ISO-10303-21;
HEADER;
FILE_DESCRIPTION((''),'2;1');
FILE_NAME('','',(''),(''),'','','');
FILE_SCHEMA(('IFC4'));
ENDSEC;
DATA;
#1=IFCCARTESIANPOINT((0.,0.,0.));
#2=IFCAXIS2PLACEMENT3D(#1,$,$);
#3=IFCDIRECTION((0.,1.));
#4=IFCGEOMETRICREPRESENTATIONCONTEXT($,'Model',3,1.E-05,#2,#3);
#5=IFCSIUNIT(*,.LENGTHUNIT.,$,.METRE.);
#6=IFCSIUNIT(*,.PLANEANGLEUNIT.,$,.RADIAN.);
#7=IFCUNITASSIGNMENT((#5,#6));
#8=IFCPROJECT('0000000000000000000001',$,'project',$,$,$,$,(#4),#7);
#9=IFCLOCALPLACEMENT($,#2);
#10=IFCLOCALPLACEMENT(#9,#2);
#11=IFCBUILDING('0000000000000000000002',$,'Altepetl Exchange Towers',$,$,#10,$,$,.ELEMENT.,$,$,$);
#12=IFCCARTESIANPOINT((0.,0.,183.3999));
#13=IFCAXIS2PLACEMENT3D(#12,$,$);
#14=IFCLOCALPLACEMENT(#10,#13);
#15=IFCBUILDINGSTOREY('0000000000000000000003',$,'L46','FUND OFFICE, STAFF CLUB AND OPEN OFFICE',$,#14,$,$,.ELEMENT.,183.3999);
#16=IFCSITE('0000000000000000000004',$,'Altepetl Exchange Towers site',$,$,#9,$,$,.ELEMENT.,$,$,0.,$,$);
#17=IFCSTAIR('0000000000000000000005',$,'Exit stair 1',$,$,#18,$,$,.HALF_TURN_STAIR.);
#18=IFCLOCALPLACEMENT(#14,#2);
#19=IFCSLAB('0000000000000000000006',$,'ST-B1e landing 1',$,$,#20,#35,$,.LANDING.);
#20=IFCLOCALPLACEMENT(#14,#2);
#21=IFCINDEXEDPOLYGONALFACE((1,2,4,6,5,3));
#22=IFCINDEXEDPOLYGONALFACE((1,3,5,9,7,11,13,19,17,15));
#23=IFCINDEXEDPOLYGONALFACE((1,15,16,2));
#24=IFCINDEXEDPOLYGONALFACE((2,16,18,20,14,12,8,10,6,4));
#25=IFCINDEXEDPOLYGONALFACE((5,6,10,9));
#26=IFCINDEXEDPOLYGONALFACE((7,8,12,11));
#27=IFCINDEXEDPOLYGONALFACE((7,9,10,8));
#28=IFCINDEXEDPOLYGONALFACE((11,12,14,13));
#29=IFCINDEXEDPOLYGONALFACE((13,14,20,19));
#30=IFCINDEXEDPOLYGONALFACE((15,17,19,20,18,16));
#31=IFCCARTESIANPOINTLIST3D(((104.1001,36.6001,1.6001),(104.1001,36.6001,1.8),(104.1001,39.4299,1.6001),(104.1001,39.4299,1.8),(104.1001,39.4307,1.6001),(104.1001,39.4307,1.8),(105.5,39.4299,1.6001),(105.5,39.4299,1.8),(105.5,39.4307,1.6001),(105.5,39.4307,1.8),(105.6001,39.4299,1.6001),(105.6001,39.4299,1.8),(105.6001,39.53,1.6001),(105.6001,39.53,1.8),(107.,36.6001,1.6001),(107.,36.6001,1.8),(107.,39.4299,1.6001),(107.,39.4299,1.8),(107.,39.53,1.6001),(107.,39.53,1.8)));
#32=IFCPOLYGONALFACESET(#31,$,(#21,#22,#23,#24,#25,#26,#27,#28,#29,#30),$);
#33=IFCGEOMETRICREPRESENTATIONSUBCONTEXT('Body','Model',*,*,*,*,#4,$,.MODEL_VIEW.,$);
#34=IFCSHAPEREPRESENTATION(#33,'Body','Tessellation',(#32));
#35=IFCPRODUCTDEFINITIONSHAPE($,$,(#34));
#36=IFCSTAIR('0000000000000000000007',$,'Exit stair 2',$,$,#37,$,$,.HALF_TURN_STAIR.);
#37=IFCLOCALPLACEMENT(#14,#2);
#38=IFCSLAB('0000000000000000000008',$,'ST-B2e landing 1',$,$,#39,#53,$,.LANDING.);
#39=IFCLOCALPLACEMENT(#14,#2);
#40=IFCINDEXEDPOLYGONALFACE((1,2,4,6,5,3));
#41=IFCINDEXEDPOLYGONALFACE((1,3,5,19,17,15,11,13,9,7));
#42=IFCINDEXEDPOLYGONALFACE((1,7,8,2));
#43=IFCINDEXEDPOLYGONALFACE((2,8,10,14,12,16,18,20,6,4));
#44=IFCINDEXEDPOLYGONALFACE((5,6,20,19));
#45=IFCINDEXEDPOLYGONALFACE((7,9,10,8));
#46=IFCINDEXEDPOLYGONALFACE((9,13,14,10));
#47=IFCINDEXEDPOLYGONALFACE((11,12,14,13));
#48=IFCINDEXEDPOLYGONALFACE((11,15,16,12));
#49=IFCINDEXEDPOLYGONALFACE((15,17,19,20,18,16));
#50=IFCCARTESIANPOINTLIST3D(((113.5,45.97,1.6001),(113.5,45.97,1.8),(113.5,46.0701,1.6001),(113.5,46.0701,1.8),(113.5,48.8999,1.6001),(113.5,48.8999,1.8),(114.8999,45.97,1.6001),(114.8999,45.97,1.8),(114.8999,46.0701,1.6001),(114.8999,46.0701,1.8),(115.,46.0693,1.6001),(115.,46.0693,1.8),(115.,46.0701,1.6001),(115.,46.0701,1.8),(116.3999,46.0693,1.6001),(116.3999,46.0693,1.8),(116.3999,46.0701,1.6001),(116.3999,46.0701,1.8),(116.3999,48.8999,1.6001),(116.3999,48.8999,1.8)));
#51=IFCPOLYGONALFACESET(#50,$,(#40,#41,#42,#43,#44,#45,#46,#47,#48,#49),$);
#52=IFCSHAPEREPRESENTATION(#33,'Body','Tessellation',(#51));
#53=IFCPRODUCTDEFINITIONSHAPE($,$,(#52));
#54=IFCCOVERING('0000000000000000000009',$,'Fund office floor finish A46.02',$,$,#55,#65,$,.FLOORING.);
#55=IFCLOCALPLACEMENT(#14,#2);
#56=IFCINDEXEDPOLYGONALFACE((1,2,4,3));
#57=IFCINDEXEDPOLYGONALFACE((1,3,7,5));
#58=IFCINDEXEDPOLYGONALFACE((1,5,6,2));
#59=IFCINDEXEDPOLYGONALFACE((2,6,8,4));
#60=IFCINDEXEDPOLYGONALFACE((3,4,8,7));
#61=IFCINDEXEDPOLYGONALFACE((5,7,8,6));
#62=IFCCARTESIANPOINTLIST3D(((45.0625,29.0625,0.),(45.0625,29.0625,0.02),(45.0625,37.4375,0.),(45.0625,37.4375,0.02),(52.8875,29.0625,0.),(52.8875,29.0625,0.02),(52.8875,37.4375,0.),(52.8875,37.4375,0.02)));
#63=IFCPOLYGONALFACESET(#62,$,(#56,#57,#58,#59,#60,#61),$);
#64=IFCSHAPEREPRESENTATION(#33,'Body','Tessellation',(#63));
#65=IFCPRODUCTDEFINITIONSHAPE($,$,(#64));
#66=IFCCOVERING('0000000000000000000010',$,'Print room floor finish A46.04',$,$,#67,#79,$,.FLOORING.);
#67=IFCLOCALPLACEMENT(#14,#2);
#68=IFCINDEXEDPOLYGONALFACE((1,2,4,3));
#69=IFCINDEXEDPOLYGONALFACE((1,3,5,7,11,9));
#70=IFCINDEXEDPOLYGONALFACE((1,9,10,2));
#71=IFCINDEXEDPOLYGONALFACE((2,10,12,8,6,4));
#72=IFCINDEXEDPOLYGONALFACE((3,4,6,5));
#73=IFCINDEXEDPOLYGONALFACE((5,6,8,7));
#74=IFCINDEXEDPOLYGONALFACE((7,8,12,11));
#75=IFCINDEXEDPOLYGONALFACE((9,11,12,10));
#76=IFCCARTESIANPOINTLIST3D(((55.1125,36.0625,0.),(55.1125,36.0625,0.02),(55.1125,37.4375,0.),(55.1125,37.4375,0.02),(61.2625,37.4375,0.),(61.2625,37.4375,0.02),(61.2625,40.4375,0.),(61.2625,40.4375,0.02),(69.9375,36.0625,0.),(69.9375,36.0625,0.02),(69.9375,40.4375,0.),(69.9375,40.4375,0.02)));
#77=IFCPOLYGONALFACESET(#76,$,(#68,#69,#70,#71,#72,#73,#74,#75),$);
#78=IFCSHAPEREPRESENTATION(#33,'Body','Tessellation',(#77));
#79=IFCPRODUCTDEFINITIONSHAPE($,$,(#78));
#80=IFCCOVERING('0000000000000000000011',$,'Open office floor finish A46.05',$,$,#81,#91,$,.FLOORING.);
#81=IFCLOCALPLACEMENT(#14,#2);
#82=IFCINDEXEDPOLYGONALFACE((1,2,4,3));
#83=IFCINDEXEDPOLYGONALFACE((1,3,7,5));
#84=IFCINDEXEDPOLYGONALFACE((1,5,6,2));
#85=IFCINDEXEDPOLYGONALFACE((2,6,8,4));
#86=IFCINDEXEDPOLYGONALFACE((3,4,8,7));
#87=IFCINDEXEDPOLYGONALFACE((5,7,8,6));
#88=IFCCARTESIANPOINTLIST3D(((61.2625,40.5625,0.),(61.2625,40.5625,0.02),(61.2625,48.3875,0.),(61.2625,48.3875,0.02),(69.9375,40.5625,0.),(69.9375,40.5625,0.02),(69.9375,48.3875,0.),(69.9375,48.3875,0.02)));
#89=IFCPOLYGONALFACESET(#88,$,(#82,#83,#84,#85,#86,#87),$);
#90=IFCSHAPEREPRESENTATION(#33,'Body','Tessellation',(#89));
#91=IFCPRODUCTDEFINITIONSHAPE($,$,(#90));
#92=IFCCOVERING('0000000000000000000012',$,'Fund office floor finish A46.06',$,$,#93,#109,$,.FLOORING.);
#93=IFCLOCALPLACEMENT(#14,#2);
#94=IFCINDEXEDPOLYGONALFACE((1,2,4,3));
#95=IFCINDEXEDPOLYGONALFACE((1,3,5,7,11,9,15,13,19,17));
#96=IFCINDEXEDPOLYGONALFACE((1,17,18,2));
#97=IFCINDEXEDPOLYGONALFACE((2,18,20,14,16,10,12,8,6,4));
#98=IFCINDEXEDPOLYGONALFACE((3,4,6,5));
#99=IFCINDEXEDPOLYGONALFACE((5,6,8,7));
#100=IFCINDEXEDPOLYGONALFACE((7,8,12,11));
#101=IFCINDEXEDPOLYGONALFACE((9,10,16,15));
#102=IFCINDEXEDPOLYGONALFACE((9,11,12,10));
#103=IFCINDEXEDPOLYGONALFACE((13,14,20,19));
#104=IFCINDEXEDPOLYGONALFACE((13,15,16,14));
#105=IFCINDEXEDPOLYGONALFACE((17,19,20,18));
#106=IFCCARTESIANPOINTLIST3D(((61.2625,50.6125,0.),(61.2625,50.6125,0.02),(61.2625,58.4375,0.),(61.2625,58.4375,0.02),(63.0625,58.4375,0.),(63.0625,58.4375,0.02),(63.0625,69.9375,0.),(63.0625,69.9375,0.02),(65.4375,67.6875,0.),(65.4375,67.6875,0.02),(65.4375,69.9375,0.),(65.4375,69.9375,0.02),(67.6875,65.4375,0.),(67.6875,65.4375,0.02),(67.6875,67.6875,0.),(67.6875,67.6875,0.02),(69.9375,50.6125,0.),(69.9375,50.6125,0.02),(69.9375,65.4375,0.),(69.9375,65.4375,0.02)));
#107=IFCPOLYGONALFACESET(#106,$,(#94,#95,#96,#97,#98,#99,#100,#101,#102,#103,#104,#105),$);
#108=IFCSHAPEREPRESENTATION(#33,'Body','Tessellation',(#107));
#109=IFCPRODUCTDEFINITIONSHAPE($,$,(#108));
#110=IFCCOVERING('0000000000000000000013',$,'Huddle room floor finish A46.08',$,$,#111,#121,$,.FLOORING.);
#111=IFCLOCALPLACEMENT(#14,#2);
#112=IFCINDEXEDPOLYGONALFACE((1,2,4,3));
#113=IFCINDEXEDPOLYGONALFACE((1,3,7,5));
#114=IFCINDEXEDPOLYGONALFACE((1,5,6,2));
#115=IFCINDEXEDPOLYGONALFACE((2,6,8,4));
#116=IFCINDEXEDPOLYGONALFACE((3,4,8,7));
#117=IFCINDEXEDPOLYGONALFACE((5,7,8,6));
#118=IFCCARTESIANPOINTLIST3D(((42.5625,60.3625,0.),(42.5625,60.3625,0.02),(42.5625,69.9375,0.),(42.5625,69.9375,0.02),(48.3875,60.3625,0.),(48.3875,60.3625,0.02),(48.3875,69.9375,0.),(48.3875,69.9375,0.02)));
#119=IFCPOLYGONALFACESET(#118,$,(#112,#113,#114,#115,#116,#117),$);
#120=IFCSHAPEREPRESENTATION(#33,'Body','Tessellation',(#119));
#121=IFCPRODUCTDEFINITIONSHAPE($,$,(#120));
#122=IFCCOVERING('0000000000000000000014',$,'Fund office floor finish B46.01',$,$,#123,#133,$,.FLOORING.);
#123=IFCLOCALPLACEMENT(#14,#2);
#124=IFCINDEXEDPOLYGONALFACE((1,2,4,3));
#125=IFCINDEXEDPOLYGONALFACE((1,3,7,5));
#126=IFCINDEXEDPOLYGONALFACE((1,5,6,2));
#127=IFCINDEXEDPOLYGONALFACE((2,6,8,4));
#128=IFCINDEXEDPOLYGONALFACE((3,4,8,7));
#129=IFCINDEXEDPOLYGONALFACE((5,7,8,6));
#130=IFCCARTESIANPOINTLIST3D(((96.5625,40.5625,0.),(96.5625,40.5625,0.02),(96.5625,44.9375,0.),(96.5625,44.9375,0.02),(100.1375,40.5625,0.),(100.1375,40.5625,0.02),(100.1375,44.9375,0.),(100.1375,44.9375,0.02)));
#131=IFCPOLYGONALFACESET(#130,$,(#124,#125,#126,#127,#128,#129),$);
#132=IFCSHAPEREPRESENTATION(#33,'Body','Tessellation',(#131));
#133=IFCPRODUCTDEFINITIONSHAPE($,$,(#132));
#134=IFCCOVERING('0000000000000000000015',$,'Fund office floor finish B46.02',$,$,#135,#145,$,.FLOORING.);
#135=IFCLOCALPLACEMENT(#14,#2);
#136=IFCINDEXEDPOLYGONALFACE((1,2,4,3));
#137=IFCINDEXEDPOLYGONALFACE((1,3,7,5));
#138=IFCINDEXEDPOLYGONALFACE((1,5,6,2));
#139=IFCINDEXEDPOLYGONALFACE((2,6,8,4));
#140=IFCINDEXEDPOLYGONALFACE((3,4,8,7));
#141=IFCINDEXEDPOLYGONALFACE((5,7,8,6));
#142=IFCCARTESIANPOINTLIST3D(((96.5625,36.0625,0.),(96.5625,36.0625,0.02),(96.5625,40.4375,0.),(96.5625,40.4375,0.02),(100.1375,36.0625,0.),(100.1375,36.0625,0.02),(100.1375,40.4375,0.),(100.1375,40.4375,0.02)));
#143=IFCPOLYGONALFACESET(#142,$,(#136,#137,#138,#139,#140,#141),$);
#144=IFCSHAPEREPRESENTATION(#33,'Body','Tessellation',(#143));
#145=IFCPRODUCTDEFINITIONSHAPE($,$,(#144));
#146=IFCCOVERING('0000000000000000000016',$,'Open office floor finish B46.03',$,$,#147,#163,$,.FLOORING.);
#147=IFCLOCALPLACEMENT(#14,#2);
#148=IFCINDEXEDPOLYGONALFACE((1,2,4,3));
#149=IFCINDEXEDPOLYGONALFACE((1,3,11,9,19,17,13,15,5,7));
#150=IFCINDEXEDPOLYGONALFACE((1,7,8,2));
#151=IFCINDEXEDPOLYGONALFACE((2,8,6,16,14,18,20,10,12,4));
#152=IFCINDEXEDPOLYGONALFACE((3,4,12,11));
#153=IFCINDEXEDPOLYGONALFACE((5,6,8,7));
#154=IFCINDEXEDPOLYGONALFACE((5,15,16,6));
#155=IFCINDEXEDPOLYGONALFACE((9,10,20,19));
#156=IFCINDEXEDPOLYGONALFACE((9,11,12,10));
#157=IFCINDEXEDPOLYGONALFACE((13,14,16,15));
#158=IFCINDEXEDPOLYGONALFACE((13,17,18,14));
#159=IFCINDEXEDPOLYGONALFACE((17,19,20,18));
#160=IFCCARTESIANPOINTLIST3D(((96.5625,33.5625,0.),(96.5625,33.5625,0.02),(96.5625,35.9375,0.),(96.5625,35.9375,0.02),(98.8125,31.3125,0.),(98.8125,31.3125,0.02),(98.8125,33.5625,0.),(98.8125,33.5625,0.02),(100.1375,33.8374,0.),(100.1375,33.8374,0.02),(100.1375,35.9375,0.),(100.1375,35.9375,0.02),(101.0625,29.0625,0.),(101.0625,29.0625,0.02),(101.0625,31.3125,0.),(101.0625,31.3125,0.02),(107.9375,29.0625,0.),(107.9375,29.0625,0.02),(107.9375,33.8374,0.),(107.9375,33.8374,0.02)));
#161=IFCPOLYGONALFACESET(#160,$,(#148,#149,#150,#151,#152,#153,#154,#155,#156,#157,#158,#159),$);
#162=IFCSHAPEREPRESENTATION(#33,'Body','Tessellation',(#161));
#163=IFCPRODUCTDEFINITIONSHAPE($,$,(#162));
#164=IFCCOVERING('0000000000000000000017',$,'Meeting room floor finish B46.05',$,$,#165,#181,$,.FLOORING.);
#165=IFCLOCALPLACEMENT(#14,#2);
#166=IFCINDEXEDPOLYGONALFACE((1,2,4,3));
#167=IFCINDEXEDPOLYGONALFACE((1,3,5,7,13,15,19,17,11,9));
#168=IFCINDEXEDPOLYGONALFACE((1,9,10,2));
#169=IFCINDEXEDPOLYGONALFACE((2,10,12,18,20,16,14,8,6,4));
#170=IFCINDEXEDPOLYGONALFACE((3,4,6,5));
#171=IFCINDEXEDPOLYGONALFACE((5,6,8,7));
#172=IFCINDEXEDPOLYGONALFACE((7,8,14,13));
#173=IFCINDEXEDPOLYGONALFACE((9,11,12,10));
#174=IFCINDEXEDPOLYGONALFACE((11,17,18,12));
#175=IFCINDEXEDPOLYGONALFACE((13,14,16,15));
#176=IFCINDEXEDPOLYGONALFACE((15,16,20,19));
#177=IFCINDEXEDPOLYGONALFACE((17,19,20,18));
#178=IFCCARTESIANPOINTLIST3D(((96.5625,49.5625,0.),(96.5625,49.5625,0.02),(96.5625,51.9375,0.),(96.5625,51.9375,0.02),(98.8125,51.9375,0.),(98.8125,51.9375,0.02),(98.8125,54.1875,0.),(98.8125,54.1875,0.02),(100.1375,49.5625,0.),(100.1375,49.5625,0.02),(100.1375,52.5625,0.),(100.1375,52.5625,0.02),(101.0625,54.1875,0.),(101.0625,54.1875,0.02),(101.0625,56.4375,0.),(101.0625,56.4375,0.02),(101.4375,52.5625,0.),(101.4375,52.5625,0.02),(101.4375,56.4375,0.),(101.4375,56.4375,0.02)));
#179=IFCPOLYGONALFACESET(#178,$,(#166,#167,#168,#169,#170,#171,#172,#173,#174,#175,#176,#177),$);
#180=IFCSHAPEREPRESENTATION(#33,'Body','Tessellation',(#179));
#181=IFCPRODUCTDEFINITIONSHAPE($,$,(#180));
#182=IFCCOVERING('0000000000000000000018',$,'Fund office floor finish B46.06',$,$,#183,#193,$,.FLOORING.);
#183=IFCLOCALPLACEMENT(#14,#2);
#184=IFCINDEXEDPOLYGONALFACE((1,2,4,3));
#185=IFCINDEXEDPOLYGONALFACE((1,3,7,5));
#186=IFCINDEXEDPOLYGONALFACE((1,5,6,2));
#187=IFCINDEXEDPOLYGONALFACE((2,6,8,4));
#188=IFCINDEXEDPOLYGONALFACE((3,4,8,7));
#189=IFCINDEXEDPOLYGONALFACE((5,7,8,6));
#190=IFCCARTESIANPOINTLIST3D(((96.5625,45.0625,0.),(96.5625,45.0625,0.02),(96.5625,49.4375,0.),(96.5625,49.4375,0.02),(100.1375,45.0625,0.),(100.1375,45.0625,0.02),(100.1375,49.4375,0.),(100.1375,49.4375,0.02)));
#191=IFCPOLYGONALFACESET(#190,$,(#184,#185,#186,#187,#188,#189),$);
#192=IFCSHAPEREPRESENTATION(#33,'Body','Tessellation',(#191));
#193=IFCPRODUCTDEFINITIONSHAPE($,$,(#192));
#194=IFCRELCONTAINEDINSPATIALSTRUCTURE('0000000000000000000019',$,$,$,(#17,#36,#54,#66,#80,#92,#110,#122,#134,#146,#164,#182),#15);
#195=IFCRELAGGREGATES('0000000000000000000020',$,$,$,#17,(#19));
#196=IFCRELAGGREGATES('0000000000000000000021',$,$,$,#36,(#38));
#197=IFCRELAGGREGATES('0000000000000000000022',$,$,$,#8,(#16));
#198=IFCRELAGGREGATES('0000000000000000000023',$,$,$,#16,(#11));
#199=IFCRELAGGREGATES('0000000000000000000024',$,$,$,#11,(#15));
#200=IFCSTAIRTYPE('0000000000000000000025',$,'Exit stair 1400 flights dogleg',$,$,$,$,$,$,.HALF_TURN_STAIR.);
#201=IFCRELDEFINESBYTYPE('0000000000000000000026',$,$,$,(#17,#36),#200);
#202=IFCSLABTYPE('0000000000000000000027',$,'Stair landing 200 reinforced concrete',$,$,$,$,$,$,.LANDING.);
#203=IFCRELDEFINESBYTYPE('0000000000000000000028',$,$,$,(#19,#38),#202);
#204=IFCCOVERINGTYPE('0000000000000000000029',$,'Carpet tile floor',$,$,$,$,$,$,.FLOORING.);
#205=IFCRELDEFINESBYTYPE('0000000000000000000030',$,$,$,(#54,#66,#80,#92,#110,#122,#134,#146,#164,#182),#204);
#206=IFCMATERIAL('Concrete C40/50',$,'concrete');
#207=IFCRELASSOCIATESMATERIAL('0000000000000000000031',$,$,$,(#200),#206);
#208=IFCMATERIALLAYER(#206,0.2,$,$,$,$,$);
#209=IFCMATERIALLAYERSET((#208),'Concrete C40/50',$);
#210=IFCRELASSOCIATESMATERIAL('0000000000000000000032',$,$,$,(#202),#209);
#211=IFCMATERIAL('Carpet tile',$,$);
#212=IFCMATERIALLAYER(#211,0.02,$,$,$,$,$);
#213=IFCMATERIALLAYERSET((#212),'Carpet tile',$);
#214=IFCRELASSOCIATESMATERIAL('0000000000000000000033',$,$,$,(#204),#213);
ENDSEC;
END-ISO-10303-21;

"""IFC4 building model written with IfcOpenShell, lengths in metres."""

from ifc_helpers import new_model, si_unit, direction, frame, origin, place, context, subcontext, project, spatial, polyline, outline, extrude, material, layer, layer_set, type_object, element, aggregate, save


model = new_model("IFC4")

# Units and contexts
model_context = context("Model", 3, precision=1e-05, world=origin(), true_north=direction((0.0, 1.0)))
body_context = subcontext(model_context, "Body", "Model", "MODEL_VIEW")
ifc_project = project(units=[si_unit("LENGTHUNIT", "METRE"), si_unit("PLANEANGLEUNIT", "RADIAN")], contexts=[model_context])

# Site, building, storey
site_placement = place(None, origin())
site = spatial("IfcSite", under=ifc_project, at=site_placement, Name="Altepetl Exchange Towers site", CompositionType="ELEMENT", RefElevation=0.0)
building_placement = place(site_placement, origin())
building = spatial("IfcBuilding", under=site, at=building_placement, Name="Altepetl Exchange Towers", CompositionType="ELEMENT")
storey_placement = place(building_placement, frame((0.0, 0.0, 183.3999)))
storey = spatial("IfcBuildingStorey", under=building, at=storey_placement, Name="L46", Description="FUND OFFICE, STAFF CLUB AND OPEN OFFICE", CompositionType="ELEMENT", Elevation=183.3999)

# Shared definitions
ifc_material_1 = material(Name="Concrete C40/50", Category="concrete")

# Stairs, slabs
stair_type = type_object("IfcStairType", Name="Exit stair 1400 flights dogleg", PredefinedType="HALF_TURN_STAIR", material=ifc_material_1)
ifc_layer_1 = layer(ifc_material_1, 0.2)
ifc_layer_set_1 = layer_set([ifc_layer_1], Name="Concrete C40/50")
slab_type_1 = type_object("IfcSlabType", Name="Stair landing 200 reinforced concrete", PredefinedType="LANDING", material=ifc_layer_set_1)
stair_1_placement = place(storey_placement, origin())
stair_1 = element("IfcStair", 1, at=stair_1_placement, inside=storey, type_object=stair_type, Name="Exit stair 1", PredefinedType="HALF_TURN_STAIR")
slab_1_placement = place(storey_placement, frame((0.0, 0.0, 1.6001)))
slab_1 = element("IfcSlab", 2, at=slab_1_placement, type_object=slab_type_1, Name="ST-B1e landing 1", PredefinedType="LANDING", context=body_context, shape_type="SweptSolid", body=[
    extrude(outline(polyline([(107.0, 36.6001), (104.1001, 36.6001), (104.1001, 39.4299), (104.1001, 39.4307), (105.5, 39.4307), (105.5, 39.4299), (105.6001, 39.4299), (105.6001, 39.53), (107.0, 39.53), (107.0, 39.4299), (107.0, 36.6001)])), origin(), (0.0, 0.0, 1.0), 0.2),
])
aggregate(stair_1, [slab_1])
stair_2_placement = place(storey_placement, origin())
stair_2 = element("IfcStair", 3, at=stair_2_placement, inside=storey, type_object=stair_type, Name="Exit stair 2", PredefinedType="HALF_TURN_STAIR")
slab_2_placement = place(storey_placement, frame((0.0, 0.0, 1.6001)))
slab_2 = element("IfcSlab", 4, at=slab_2_placement, type_object=slab_type_1, Name="ST-B2e landing 1", PredefinedType="LANDING", context=body_context, shape_type="SweptSolid", body=[
    extrude(outline(polyline([(114.8999, 45.97), (113.5, 45.97), (113.5, 46.0701), (113.5, 48.8999), (116.3999, 48.8999), (116.3999, 46.0701), (116.3999, 46.0693), (115.0, 46.0693), (115.0, 46.0701), (114.8999, 46.0701), (114.8999, 45.97)])), origin(), (0.0, 0.0, 1.0), 0.2),
])
aggregate(stair_2, [slab_2])

# Coverings
ifc_material_2 = material(Name="Carpet tile")
ifc_layer_2 = layer(ifc_material_2, 0.02)
ifc_layer_set_2 = layer_set([ifc_layer_2], Name="Carpet tile")
covering_type_1 = type_object("IfcCoveringType", Name="Carpet tile floor", PredefinedType="FLOORING", material=ifc_layer_set_2)
covering_1_placement = place(storey_placement, origin())
element("IfcCovering", 5, at=covering_1_placement, inside=storey, type_object=covering_type_1, Name="Fund office floor finish A46.02", PredefinedType="FLOORING", context=body_context, shape_type="SweptSolid", body=[
    extrude(outline(polyline([(45.0625, 37.4375), (45.0625, 29.0625), (52.8875, 29.0625), (52.8875, 37.4375), (45.0625, 37.4375)])), origin(), (0.0, 0.0, 1.0), 0.02),
])
covering_2_placement = place(storey_placement, origin())
element("IfcCovering", 6, at=covering_2_placement, inside=storey, type_object=covering_type_1, Name="Print room floor finish A46.04", PredefinedType="FLOORING", context=body_context, shape_type="SweptSolid", body=[
    extrude(outline(polyline([(55.1125, 36.0625), (69.9375, 36.0625), (69.9375, 40.4375), (61.2625, 40.4375), (61.2625, 37.4375), (55.1125, 37.4375), (55.1125, 36.0625)])), origin(), (0.0, 0.0, 1.0), 0.02),
])
covering_3_placement = place(storey_placement, origin())
element("IfcCovering", 7, at=covering_3_placement, inside=storey, type_object=covering_type_1, Name="Open office floor finish A46.05", PredefinedType="FLOORING", context=body_context, shape_type="SweptSolid", body=[
    extrude(outline(polyline([(61.2625, 40.5625), (69.9375, 40.5625), (69.9375, 48.3875), (61.2625, 48.3875), (61.2625, 40.5625)])), origin(), (0.0, 0.0, 1.0), 0.02),
])
covering_4_placement = place(storey_placement, origin())
element("IfcCovering", 8, at=covering_4_placement, inside=storey, type_object=covering_type_1, Name="Fund office floor finish A46.06", PredefinedType="FLOORING", context=body_context, shape_type="SweptSolid", body=[
    extrude(outline(polyline([(61.2625, 50.6125), (69.9375, 50.6125), (69.9375, 65.4375), (67.6875, 65.4375), (67.6875, 67.6875), (65.4375, 67.6875), (65.4375, 69.9375), (63.0625, 69.9375), (63.0625, 58.4375), (61.2625, 58.4375), (61.2625, 50.6125)])), origin(), (0.0, 0.0, 1.0), 0.02),
])
covering_5_placement = place(storey_placement, origin())
element("IfcCovering", 9, at=covering_5_placement, inside=storey, type_object=covering_type_1, Name="Huddle room floor finish A46.08", PredefinedType="FLOORING", context=body_context, shape_type="SweptSolid", body=[
    extrude(outline(polyline([(42.5625, 60.3625), (48.3875, 60.3625), (48.3875, 69.9375), (42.5625, 69.9375), (42.5625, 60.3625)])), origin(), (0.0, 0.0, 1.0), 0.02),
])
covering_6_placement = place(storey_placement, origin())
element("IfcCovering", 10, at=covering_6_placement, inside=storey, type_object=covering_type_1, Name="Fund office floor finish B46.01", PredefinedType="FLOORING", context=body_context, shape_type="SweptSolid", body=[
    extrude(outline(polyline([(96.5625, 40.5625), (100.1375, 40.5625), (100.1375, 44.9375), (96.5625, 44.9375), (96.5625, 40.5625)])), origin(), (0.0, 0.0, 1.0), 0.02),
])
covering_7_placement = place(storey_placement, origin())
element("IfcCovering", 11, at=covering_7_placement, inside=storey, type_object=covering_type_1, Name="Fund office floor finish B46.02", PredefinedType="FLOORING", context=body_context, shape_type="SweptSolid", body=[
    extrude(outline(polyline([(96.5625, 36.0625), (100.1375, 36.0625), (100.1375, 40.4375), (96.5625, 40.4375), (96.5625, 36.0625)])), origin(), (0.0, 0.0, 1.0), 0.02),
])
covering_8_placement = place(storey_placement, origin())
element("IfcCovering", 12, at=covering_8_placement, inside=storey, type_object=covering_type_1, Name="Open office floor finish B46.03", PredefinedType="FLOORING", context=body_context, shape_type="SweptSolid", body=[
    extrude(outline(polyline([(98.8125, 33.5625), (98.8125, 31.3125), (101.0625, 31.3125), (101.0625, 29.0625), (107.9375, 29.0625), (107.9375, 33.8374), (100.1375, 33.8374), (100.1375, 35.9375), (96.5625, 35.9375), (96.5625, 33.5625), (98.8125, 33.5625)])), origin(), (0.0, 0.0, 1.0), 0.02),
])
covering_9_placement = place(storey_placement, origin())
element("IfcCovering", 13, at=covering_9_placement, inside=storey, type_object=covering_type_1, Name="Meeting room floor finish B46.05", PredefinedType="FLOORING", context=body_context, shape_type="SweptSolid", body=[
    extrude(outline(polyline([(96.5625, 49.5625), (100.1375, 49.5625), (100.1375, 52.5625), (101.4375, 52.5625), (101.4375, 56.4375), (101.0625, 56.4375), (101.0625, 54.1875), (98.8125, 54.1875), (98.8125, 51.9375), (96.5625, 51.9375), (96.5625, 49.5625)])), origin(), (0.0, 0.0, 1.0), 0.02),
])
covering_10_placement = place(storey_placement, origin())
element("IfcCovering", 14, at=covering_10_placement, inside=storey, type_object=covering_type_1, Name="Fund office floor finish B46.06", PredefinedType="FLOORING", context=body_context, shape_type="SweptSolid", body=[
    extrude(outline(polyline([(96.5625, 45.0625), (100.1375, 45.0625), (100.1375, 49.4375), (96.5625, 49.4375), (96.5625, 45.0625)])), origin(), (0.0, 0.0, 1.0), 0.02),
])

save(model, "model.ifc")
